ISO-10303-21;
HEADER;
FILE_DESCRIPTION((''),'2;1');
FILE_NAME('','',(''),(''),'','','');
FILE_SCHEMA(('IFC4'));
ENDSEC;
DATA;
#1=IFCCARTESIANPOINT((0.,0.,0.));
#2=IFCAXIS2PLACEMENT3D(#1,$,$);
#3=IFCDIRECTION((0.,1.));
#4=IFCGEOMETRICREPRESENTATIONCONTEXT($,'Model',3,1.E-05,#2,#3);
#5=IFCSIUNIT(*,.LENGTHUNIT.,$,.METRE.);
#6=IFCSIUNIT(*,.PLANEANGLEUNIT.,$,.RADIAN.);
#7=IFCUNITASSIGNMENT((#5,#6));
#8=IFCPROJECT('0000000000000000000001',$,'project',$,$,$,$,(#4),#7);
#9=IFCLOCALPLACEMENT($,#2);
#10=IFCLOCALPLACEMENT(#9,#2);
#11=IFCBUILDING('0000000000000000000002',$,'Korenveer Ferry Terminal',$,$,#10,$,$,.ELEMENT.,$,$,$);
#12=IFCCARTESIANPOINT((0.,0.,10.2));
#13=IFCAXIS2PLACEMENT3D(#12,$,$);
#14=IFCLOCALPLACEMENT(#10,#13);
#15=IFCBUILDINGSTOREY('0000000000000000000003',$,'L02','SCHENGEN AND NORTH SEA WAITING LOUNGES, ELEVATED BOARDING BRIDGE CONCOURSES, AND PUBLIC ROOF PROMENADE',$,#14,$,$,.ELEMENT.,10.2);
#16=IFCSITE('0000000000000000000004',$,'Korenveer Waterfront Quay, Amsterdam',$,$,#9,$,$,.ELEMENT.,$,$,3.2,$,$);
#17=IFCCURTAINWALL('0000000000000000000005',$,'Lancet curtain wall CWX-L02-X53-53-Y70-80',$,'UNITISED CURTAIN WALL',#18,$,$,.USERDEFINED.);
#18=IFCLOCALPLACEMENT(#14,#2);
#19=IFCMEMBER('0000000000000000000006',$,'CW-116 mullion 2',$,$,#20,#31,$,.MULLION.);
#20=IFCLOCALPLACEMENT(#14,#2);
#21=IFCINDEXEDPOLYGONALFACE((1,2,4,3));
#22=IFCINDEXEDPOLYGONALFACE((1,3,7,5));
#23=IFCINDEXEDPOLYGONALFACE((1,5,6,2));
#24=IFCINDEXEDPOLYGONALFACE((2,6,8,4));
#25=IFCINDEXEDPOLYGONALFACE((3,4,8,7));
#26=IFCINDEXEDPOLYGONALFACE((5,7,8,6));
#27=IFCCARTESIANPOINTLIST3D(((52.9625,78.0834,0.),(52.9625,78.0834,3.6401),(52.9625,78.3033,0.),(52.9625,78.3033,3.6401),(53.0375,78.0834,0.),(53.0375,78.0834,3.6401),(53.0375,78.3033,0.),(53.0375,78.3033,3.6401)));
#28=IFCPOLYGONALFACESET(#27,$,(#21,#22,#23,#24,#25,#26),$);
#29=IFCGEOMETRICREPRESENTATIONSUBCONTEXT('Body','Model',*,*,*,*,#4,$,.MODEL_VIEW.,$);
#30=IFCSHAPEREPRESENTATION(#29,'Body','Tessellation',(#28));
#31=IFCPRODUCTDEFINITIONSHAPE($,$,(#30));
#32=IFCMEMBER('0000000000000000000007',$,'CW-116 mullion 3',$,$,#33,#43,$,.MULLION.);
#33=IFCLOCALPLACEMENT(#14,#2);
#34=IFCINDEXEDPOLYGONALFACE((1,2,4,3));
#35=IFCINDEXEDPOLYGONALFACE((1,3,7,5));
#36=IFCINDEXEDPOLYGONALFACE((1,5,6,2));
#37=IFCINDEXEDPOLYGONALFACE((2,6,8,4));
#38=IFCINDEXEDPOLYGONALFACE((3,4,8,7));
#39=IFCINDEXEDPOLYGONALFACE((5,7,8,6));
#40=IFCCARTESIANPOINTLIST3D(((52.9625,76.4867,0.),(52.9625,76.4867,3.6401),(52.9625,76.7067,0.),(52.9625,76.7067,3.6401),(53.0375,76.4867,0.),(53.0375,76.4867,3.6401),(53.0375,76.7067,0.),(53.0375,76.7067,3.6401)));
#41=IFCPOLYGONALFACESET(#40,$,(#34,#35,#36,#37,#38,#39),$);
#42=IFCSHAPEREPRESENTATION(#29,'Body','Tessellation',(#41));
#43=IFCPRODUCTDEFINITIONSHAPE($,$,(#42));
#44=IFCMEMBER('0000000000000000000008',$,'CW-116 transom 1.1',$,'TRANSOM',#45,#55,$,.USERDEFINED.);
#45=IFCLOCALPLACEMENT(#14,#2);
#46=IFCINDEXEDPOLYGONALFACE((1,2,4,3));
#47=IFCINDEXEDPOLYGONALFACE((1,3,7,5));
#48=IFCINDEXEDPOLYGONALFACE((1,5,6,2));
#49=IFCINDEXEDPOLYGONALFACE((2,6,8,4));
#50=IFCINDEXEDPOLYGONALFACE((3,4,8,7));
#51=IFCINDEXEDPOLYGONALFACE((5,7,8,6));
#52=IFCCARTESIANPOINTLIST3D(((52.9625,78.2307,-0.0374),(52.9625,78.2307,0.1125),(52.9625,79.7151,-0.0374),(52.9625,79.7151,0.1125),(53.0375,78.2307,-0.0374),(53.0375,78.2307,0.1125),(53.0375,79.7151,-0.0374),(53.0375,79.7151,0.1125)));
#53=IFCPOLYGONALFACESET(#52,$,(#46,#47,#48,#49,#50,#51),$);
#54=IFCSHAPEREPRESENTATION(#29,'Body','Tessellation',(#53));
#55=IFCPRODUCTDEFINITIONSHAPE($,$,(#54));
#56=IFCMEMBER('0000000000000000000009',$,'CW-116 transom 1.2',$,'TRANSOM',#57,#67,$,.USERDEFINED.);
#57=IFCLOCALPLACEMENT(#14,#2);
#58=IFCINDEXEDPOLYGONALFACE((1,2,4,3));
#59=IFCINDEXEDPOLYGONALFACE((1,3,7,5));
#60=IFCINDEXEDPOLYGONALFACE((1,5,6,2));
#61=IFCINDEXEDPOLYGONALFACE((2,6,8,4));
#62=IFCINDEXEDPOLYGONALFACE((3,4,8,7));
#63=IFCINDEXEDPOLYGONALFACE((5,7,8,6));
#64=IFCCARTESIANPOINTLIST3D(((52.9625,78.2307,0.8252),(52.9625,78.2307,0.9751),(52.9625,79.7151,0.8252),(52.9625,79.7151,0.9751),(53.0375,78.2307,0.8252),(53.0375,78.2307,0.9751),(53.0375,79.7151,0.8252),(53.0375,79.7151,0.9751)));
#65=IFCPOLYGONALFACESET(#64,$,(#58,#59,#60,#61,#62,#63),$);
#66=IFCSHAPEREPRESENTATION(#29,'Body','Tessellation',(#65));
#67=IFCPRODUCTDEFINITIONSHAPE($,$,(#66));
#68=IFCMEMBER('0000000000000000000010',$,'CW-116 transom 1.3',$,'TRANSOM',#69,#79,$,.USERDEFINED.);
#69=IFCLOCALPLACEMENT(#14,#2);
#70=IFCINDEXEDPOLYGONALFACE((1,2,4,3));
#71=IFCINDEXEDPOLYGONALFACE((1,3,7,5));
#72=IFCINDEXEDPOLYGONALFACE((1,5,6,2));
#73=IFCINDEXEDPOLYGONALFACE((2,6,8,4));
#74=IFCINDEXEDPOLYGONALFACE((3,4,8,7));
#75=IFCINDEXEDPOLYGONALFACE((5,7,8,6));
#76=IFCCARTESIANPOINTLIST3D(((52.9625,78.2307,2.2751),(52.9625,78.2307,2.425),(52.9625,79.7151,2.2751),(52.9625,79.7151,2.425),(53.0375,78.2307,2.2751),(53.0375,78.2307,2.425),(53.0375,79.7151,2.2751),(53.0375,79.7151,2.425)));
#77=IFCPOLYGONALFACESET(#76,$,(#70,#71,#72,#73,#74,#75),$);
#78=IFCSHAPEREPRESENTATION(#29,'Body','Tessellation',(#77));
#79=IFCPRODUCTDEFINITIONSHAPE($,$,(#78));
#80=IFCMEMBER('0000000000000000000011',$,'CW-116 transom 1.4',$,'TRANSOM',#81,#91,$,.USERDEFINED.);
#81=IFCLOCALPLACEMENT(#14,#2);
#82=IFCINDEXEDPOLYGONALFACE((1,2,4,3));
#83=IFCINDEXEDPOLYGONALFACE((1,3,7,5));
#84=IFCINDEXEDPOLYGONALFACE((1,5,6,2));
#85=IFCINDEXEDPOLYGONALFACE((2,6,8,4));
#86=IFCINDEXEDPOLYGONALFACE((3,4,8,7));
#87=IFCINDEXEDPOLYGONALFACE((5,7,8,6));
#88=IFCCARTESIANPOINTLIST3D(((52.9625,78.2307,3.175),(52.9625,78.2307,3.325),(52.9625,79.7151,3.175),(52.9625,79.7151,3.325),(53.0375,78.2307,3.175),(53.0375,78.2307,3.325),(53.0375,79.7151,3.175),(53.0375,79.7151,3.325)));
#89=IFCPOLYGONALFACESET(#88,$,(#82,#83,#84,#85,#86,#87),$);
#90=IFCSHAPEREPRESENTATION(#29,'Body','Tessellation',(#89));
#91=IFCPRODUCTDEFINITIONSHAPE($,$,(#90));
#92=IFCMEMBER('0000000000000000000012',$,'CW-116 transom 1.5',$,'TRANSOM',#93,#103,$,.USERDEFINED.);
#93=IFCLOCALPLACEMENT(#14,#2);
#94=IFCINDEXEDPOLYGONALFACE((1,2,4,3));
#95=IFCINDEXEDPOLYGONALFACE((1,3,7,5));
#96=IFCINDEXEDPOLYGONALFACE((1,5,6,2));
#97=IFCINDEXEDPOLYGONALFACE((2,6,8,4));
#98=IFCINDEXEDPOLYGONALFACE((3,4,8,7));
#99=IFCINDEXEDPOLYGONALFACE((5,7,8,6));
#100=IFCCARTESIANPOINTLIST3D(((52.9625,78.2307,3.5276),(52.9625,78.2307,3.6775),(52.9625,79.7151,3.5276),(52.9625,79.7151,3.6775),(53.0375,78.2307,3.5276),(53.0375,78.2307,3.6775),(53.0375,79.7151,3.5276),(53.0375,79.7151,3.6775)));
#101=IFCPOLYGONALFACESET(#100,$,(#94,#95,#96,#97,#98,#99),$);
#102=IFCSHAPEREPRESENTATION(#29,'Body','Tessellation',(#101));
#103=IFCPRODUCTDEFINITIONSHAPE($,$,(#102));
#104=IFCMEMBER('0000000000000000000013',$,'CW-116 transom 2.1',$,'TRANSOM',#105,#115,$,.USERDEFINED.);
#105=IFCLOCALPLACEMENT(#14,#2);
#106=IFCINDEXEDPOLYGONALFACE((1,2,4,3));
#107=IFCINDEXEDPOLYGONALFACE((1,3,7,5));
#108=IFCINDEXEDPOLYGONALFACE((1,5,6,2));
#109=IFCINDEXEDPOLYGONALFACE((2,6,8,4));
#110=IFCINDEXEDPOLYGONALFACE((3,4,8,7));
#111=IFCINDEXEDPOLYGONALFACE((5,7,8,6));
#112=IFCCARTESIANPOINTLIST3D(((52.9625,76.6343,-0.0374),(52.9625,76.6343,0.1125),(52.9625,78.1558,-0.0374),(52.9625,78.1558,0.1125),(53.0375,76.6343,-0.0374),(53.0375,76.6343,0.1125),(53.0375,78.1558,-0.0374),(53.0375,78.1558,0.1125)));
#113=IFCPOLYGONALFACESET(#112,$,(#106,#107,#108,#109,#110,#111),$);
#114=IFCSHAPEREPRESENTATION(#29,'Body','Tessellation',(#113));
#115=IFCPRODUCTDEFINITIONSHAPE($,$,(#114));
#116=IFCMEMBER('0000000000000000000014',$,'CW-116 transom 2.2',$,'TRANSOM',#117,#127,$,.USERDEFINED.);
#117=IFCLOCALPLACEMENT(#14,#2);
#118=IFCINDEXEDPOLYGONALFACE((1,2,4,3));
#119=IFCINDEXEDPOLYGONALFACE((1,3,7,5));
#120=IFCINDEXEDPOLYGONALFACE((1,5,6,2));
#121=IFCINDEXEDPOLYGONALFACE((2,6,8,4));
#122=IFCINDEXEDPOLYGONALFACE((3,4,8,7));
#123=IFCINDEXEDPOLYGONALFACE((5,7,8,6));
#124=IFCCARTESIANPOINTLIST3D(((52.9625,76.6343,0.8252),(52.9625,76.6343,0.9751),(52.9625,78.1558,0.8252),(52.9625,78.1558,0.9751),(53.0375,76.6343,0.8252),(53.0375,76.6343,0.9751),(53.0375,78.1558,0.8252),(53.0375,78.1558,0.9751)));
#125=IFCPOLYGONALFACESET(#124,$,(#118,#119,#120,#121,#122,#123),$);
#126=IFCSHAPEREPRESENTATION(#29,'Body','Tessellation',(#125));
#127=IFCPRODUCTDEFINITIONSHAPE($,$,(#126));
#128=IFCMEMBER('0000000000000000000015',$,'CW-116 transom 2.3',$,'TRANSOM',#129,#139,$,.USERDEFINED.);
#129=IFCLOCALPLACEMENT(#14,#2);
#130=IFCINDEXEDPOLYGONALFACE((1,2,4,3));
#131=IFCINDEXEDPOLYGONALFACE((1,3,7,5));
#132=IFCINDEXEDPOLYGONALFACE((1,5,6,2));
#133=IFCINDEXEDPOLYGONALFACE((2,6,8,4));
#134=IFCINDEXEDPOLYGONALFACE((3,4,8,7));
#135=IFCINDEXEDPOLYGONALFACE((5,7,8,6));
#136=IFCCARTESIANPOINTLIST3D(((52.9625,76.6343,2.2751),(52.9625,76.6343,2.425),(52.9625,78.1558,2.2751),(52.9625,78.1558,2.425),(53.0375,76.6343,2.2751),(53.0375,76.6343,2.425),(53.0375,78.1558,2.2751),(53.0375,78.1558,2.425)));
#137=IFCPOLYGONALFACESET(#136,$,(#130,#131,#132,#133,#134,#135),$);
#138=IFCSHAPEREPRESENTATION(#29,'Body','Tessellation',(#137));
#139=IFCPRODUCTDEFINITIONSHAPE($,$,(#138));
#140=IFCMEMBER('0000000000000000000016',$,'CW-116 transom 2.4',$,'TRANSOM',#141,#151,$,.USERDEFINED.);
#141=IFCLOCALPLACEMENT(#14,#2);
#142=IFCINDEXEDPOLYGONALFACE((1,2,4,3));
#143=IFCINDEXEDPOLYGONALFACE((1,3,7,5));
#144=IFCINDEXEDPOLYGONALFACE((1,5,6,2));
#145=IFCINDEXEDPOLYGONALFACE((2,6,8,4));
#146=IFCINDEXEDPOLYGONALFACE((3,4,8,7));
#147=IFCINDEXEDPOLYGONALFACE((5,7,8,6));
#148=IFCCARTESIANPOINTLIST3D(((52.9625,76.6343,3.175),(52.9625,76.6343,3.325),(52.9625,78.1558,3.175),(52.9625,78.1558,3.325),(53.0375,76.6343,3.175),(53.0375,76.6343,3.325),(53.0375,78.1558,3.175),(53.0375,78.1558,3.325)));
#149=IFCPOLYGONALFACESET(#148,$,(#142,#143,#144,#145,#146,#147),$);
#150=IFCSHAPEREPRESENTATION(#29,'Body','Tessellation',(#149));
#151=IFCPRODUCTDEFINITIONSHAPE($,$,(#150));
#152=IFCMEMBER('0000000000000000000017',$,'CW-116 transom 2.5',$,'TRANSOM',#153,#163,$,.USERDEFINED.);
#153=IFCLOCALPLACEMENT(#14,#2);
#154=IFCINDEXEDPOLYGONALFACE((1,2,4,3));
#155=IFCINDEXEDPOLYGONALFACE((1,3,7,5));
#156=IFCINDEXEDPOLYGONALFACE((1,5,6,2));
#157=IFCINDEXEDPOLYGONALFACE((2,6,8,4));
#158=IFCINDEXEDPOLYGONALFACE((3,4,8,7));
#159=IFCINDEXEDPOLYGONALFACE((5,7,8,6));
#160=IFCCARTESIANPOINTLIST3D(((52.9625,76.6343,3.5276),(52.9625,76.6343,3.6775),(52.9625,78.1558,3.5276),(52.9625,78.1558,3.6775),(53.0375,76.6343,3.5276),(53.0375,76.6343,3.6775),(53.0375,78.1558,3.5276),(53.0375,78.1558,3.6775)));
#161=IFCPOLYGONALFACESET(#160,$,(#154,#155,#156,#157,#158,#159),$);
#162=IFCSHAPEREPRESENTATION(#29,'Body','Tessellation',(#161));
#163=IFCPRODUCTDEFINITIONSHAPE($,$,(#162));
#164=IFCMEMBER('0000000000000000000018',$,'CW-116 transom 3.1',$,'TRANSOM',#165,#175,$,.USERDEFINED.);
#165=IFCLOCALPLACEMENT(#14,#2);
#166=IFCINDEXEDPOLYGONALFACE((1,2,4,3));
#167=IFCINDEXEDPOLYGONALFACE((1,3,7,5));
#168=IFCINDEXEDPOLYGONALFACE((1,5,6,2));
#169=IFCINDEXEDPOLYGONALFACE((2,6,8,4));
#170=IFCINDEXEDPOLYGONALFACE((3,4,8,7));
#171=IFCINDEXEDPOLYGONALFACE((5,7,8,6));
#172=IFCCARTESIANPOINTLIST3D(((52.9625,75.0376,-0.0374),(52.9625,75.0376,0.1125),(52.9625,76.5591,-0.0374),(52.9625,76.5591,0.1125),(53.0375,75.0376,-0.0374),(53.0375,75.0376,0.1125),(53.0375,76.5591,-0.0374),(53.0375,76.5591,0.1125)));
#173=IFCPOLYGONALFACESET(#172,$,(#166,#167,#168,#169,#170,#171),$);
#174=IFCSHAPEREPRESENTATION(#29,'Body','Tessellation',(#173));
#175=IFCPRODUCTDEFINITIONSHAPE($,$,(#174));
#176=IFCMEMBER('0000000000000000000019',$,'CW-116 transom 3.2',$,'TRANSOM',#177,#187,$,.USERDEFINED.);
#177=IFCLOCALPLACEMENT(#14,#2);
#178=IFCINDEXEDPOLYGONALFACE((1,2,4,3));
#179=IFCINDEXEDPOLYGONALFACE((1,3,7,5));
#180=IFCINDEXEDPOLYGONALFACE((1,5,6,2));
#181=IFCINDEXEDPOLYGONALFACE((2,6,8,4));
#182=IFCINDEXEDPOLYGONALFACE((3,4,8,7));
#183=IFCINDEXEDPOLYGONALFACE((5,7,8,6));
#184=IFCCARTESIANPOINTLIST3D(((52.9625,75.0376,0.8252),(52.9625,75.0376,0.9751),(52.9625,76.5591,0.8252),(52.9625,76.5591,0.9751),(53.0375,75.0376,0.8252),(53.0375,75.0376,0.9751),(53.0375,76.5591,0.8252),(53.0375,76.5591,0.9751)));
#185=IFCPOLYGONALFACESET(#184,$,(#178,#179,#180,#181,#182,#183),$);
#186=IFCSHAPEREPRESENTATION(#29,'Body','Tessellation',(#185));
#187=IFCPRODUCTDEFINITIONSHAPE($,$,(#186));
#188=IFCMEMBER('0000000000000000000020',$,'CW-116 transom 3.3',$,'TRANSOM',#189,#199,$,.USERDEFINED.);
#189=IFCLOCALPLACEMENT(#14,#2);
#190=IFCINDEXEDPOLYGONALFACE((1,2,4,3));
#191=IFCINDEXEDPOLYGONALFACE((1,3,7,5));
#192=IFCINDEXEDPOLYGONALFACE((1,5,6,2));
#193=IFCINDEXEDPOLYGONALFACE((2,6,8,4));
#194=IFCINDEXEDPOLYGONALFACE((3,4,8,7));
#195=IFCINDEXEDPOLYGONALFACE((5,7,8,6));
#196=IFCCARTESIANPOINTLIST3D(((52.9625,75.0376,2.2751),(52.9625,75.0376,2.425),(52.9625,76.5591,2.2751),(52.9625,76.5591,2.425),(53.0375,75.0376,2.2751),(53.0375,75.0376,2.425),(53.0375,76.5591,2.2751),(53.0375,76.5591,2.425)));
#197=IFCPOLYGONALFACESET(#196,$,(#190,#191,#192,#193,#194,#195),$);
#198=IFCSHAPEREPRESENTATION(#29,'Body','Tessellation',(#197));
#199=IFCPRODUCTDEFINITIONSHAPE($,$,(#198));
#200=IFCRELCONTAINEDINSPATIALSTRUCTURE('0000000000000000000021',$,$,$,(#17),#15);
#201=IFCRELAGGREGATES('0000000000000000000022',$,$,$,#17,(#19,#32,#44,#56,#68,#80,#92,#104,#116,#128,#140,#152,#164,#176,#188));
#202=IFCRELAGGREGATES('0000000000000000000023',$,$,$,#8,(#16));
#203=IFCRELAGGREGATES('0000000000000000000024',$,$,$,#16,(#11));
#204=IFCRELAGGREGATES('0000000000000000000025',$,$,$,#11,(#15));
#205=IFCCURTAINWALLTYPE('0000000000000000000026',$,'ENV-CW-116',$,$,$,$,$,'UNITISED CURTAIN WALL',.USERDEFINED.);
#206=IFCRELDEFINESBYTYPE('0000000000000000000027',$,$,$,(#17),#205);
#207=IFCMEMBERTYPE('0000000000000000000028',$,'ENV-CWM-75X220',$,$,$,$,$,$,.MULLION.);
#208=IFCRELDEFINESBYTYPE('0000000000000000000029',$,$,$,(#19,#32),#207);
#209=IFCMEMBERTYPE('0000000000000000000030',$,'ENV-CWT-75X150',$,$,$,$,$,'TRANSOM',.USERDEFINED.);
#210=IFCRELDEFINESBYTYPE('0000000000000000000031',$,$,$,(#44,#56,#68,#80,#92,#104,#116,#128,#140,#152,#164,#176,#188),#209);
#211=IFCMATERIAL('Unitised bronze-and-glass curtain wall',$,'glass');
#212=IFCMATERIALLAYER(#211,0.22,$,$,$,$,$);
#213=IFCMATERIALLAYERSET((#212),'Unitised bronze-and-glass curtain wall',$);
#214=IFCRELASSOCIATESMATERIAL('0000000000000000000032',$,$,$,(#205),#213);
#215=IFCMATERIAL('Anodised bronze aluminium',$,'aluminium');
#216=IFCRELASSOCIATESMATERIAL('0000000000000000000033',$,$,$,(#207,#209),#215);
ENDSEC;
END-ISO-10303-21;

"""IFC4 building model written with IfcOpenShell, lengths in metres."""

from ifc_helpers import new_model, si_unit, direction, frame, origin, origin_2d, place, context, subcontext, project, spatial, rectangle, extrude, material, layer, layer_set, material_profile, profile_set, type_object, element, aggregate, save


model = new_model("IFC4")

# Units and contexts
model_context = context("Model", 3, precision=1e-05, world=origin(), true_north=direction((0.0, 1.0)))
body_context = subcontext(model_context, "Body", "Model", "MODEL_VIEW")
ifc_project = project(units=[si_unit("LENGTHUNIT", "METRE"), si_unit("PLANEANGLEUNIT", "RADIAN")], contexts=[model_context])

# Site, building, storey
site_placement = place(None, origin())
site = spatial("IfcSite", under=ifc_project, at=site_placement, Name="Korenveer Waterfront Quay, Amsterdam", CompositionType="ELEMENT", RefElevation=3.2)
building_placement = place(site_placement, origin())
building = spatial("IfcBuilding", under=site, at=building_placement, Name="Korenveer Ferry Terminal", CompositionType="ELEMENT")
storey_placement = place(building_placement, frame((0.0, 0.0, 10.2)))
storey = spatial("IfcBuildingStorey", under=building, at=storey_placement, Name="L02", Description="SCHENGEN AND NORTH SEA WAITING LOUNGES, ELEVATED BOARDING BRIDGE CONCOURSES, AND PUBLIC ROOF PROMENADE", CompositionType="ELEMENT", Elevation=10.2)

# Curtain wall, members
ifc_material_1 = material(Name="Unitised bronze-and-glass curtain wall", Category="glass")
ifc_layer_1 = layer(ifc_material_1, 0.22)
ifc_layer_set_1 = layer_set([ifc_layer_1], Name="Unitised bronze-and-glass curtain wall")
curtain_wall_type = type_object("IfcCurtainWallType", Name="ENV-CW-116", ElementType="UNITISED CURTAIN WALL", PredefinedType="USERDEFINED", material=ifc_layer_set_1)
curtain_wall_placement = place(storey_placement, frame((53.0, 79.79, 0.0)))
curtain_wall = element("IfcCurtainWall", 1, at=curtain_wall_placement, inside=storey, type_object=curtain_wall_type, Name="Lancet curtain wall CWX-L02-X53-53-Y70-80", ObjectType="UNITISED CURTAIN WALL", PredefinedType="USERDEFINED")
ifc_material_2 = material(Name="Anodised bronze aluminium", Category="aluminium")
ifc_material_profile_1 = material_profile(ifc_material_2, rectangle(XDim=0.075, YDim=0.22, at=origin_2d()), Name="ALU 75x220")
ifc_profile_set_1 = profile_set([ifc_material_profile_1], Name="Anodised bronze aluminium")
member_type_1 = type_object("IfcMemberType", Name="ENV-CWM-75X220", PredefinedType="MULLION", material=ifc_profile_set_1)
member_1_placement = place(storey_placement, frame((53.0, 78.1934, 0.0), z_axis=(0.0, 0.0, 1.0), x_axis=(1.0, 0.0, 0.0)))
member_1 = element("IfcMember", 2, at=member_1_placement, type_object=member_type_1, Name="CW-116 mullion 2", PredefinedType="MULLION", context=body_context, shape_type="SweptSolid", body=[
    extrude(rectangle(XDim=0.075, YDim=0.22, at=origin_2d()), origin(), (0.0, 0.0, 1.0), 3.6401),
])
member_2_placement = place(storey_placement, frame((53.0, 76.5967, 0.0), z_axis=(0.0, 0.0, 1.0), x_axis=(1.0, 0.0, 0.0)))
member_2 = element("IfcMember", 3, at=member_2_placement, type_object=member_type_1, Name="CW-116 mullion 3", PredefinedType="MULLION", context=body_context, shape_type="SweptSolid", body=[
    extrude(rectangle(XDim=0.075, YDim=0.22, at=origin_2d()), origin(), (0.0, 0.0, 1.0), 3.6401),
])
ifc_material_profile_2 = material_profile(ifc_material_2, rectangle(XDim=0.075, YDim=0.1499, at=origin_2d()), Name="ALU 75x150")
ifc_profile_set_2 = profile_set([ifc_material_profile_2], Name="Anodised bronze aluminium")
member_type_2 = type_object("IfcMemberType", Name="ENV-CWT-75X150", ElementType="TRANSOM", PredefinedType="USERDEFINED", material=ifc_profile_set_2)
member_3_placement = place(storey_placement, frame((53.0, 79.7151, 0.0376), z_axis=(0.0, -1.0, 0.0), x_axis=(1.0, 0.0, 0.0)))
member_3 = element("IfcMember", 4, at=member_3_placement, type_object=member_type_2, Name="CW-116 transom 1.1", ObjectType="TRANSOM", PredefinedType="USERDEFINED", context=body_context, shape_type="SweptSolid", body=[
    extrude(rectangle(XDim=0.075, YDim=0.1499, at=origin_2d()), origin(), (0.0, 0.0, 1.0), 1.4844),
])
member_4_placement = place(storey_placement, frame((53.0, 79.7151, 0.9001), z_axis=(0.0, -1.0, 0.0), x_axis=(1.0, 0.0, 0.0)))
member_4 = element("IfcMember", 5, at=member_4_placement, type_object=member_type_2, Name="CW-116 transom 1.2", ObjectType="TRANSOM", PredefinedType="USERDEFINED", context=body_context, shape_type="SweptSolid", body=[
    extrude(rectangle(XDim=0.075, YDim=0.1499, at=origin_2d()), origin(), (0.0, 0.0, 1.0), 1.4844),
])
member_5_placement = place(storey_placement, frame((53.0, 79.7151, 2.3501), z_axis=(0.0, -1.0, 0.0), x_axis=(1.0, 0.0, 0.0)))
member_5 = element("IfcMember", 6, at=member_5_placement, type_object=member_type_2, Name="CW-116 transom 1.3", ObjectType="TRANSOM", PredefinedType="USERDEFINED", context=body_context, shape_type="SweptSolid", body=[
    extrude(rectangle(XDim=0.075, YDim=0.1499, at=origin_2d()), origin(), (0.0, 0.0, 1.0), 1.4844),
])
member_6_placement = place(storey_placement, frame((53.0, 79.7151, 3.25), z_axis=(0.0, -1.0, 0.0), x_axis=(1.0, 0.0, 0.0)))
member_6 = element("IfcMember", 7, at=member_6_placement, type_object=member_type_2, Name="CW-116 transom 1.4", ObjectType="TRANSOM", PredefinedType="USERDEFINED", context=body_context, shape_type="SweptSolid", body=[
    extrude(rectangle(XDim=0.075, YDim=0.1499, at=origin_2d()), origin(), (0.0, 0.0, 1.0), 1.4844),
])
member_7_placement = place(storey_placement, frame((53.0, 79.7151, 3.6025), z_axis=(0.0, -1.0, 0.0), x_axis=(1.0, 0.0, 0.0)))
member_7 = element("IfcMember", 8, at=member_7_placement, type_object=member_type_2, Name="CW-116 transom 1.5", ObjectType="TRANSOM", PredefinedType="USERDEFINED", context=body_context, shape_type="SweptSolid", body=[
    extrude(rectangle(XDim=0.075, YDim=0.1499, at=origin_2d()), origin(), (0.0, 0.0, 1.0), 1.4844),
])
member_8_placement = place(storey_placement, frame((53.0, 78.1558, 0.0376), z_axis=(0.0, -1.0, 0.0), x_axis=(1.0, 0.0, 0.0)))
member_8 = element("IfcMember", 9, at=member_8_placement, type_object=member_type_2, Name="CW-116 transom 2.1", ObjectType="TRANSOM", PredefinedType="USERDEFINED", context=body_context, shape_type="SweptSolid", body=[
    extrude(rectangle(XDim=0.075, YDim=0.1499, at=origin_2d()), origin(), (0.0, 0.0, 1.0), 1.5215),
])
member_9_placement = place(storey_placement, frame((53.0, 78.1558, 0.9001), z_axis=(0.0, -1.0, 0.0), x_axis=(1.0, 0.0, 0.0)))
member_9 = element("IfcMember", 10, at=member_9_placement, type_object=member_type_2, Name="CW-116 transom 2.2", ObjectType="TRANSOM", PredefinedType="USERDEFINED", context=body_context, shape_type="SweptSolid", body=[
    extrude(rectangle(XDim=0.075, YDim=0.1499, at=origin_2d()), origin(), (0.0, 0.0, 1.0), 1.5215),
])
member_10_placement = place(storey_placement, frame((53.0, 78.1558, 2.3501), z_axis=(0.0, -1.0, 0.0), x_axis=(1.0, 0.0, 0.0)))
member_10 = element("IfcMember", 11, at=member_10_placement, type_object=member_type_2, Name="CW-116 transom 2.3", ObjectType="TRANSOM", PredefinedType="USERDEFINED", context=body_context, shape_type="SweptSolid", body=[
    extrude(rectangle(XDim=0.075, YDim=0.1499, at=origin_2d()), origin(), (0.0, 0.0, 1.0), 1.5215),
])
member_11_placement = place(storey_placement, frame((53.0, 78.1558, 3.25), z_axis=(0.0, -1.0, 0.0), x_axis=(1.0, 0.0, 0.0)))
member_11 = element("IfcMember", 12, at=member_11_placement, type_object=member_type_2, Name="CW-116 transom 2.4", ObjectType="TRANSOM", PredefinedType="USERDEFINED", context=body_context, shape_type="SweptSolid", body=[
    extrude(rectangle(XDim=0.075, YDim=0.1499, at=origin_2d()), origin(), (0.0, 0.0, 1.0), 1.5215),
])
member_12_placement = place(storey_placement, frame((53.0, 78.1558, 3.6025), z_axis=(0.0, -1.0, 0.0), x_axis=(1.0, 0.0, 0.0)))
member_12 = element("IfcMember", 13, at=member_12_placement, type_object=member_type_2, Name="CW-116 transom 2.5", ObjectType="TRANSOM", PredefinedType="USERDEFINED", context=body_context, shape_type="SweptSolid", body=[
    extrude(rectangle(XDim=0.075, YDim=0.1499, at=origin_2d()), origin(), (0.0, 0.0, 1.0), 1.5215),
])
member_13_placement = place(storey_placement, frame((53.0, 76.5591, 0.0376), z_axis=(0.0, -1.0, 0.0), x_axis=(1.0, 0.0, 0.0)))
member_13 = element("IfcMember", 14, at=member_13_placement, type_object=member_type_2, Name="CW-116 transom 3.1", ObjectType="TRANSOM", PredefinedType="USERDEFINED", context=body_context, shape_type="SweptSolid", body=[
    extrude(rectangle(XDim=0.075, YDim=0.1499, at=origin_2d()), origin(), (0.0, 0.0, 1.0), 1.5215),
])
member_14_placement = place(storey_placement, frame((53.0, 76.5591, 0.9001), z_axis=(0.0, -1.0, 0.0), x_axis=(1.0, 0.0, 0.0)))
member_14 = element("IfcMember", 15, at=member_14_placement, type_object=member_type_2, Name="CW-116 transom 3.2", ObjectType="TRANSOM", PredefinedType="USERDEFINED", context=body_context, shape_type="SweptSolid", body=[
    extrude(rectangle(XDim=0.075, YDim=0.1499, at=origin_2d()), origin(), (0.0, 0.0, 1.0), 1.5215),
])
member_15_placement = place(storey_placement, frame((53.0, 76.5591, 2.3501), z_axis=(0.0, -1.0, 0.0), x_axis=(1.0, 0.0, 0.0)))
member_15 = element("IfcMember", 16, at=member_15_placement, type_object=member_type_2, Name="CW-116 transom 3.3", ObjectType="TRANSOM", PredefinedType="USERDEFINED", context=body_context, shape_type="SweptSolid", body=[
    extrude(rectangle(XDim=0.075, YDim=0.1499, at=origin_2d()), origin(), (0.0, 0.0, 1.0), 1.5215),
])

aggregate(curtain_wall, [member_1, member_2, member_3, member_4, member_5, member_6, member_7, member_8, member_9, member_10, member_11, member_12, member_13, member_14, member_15])

save(model, "model.ifc")
